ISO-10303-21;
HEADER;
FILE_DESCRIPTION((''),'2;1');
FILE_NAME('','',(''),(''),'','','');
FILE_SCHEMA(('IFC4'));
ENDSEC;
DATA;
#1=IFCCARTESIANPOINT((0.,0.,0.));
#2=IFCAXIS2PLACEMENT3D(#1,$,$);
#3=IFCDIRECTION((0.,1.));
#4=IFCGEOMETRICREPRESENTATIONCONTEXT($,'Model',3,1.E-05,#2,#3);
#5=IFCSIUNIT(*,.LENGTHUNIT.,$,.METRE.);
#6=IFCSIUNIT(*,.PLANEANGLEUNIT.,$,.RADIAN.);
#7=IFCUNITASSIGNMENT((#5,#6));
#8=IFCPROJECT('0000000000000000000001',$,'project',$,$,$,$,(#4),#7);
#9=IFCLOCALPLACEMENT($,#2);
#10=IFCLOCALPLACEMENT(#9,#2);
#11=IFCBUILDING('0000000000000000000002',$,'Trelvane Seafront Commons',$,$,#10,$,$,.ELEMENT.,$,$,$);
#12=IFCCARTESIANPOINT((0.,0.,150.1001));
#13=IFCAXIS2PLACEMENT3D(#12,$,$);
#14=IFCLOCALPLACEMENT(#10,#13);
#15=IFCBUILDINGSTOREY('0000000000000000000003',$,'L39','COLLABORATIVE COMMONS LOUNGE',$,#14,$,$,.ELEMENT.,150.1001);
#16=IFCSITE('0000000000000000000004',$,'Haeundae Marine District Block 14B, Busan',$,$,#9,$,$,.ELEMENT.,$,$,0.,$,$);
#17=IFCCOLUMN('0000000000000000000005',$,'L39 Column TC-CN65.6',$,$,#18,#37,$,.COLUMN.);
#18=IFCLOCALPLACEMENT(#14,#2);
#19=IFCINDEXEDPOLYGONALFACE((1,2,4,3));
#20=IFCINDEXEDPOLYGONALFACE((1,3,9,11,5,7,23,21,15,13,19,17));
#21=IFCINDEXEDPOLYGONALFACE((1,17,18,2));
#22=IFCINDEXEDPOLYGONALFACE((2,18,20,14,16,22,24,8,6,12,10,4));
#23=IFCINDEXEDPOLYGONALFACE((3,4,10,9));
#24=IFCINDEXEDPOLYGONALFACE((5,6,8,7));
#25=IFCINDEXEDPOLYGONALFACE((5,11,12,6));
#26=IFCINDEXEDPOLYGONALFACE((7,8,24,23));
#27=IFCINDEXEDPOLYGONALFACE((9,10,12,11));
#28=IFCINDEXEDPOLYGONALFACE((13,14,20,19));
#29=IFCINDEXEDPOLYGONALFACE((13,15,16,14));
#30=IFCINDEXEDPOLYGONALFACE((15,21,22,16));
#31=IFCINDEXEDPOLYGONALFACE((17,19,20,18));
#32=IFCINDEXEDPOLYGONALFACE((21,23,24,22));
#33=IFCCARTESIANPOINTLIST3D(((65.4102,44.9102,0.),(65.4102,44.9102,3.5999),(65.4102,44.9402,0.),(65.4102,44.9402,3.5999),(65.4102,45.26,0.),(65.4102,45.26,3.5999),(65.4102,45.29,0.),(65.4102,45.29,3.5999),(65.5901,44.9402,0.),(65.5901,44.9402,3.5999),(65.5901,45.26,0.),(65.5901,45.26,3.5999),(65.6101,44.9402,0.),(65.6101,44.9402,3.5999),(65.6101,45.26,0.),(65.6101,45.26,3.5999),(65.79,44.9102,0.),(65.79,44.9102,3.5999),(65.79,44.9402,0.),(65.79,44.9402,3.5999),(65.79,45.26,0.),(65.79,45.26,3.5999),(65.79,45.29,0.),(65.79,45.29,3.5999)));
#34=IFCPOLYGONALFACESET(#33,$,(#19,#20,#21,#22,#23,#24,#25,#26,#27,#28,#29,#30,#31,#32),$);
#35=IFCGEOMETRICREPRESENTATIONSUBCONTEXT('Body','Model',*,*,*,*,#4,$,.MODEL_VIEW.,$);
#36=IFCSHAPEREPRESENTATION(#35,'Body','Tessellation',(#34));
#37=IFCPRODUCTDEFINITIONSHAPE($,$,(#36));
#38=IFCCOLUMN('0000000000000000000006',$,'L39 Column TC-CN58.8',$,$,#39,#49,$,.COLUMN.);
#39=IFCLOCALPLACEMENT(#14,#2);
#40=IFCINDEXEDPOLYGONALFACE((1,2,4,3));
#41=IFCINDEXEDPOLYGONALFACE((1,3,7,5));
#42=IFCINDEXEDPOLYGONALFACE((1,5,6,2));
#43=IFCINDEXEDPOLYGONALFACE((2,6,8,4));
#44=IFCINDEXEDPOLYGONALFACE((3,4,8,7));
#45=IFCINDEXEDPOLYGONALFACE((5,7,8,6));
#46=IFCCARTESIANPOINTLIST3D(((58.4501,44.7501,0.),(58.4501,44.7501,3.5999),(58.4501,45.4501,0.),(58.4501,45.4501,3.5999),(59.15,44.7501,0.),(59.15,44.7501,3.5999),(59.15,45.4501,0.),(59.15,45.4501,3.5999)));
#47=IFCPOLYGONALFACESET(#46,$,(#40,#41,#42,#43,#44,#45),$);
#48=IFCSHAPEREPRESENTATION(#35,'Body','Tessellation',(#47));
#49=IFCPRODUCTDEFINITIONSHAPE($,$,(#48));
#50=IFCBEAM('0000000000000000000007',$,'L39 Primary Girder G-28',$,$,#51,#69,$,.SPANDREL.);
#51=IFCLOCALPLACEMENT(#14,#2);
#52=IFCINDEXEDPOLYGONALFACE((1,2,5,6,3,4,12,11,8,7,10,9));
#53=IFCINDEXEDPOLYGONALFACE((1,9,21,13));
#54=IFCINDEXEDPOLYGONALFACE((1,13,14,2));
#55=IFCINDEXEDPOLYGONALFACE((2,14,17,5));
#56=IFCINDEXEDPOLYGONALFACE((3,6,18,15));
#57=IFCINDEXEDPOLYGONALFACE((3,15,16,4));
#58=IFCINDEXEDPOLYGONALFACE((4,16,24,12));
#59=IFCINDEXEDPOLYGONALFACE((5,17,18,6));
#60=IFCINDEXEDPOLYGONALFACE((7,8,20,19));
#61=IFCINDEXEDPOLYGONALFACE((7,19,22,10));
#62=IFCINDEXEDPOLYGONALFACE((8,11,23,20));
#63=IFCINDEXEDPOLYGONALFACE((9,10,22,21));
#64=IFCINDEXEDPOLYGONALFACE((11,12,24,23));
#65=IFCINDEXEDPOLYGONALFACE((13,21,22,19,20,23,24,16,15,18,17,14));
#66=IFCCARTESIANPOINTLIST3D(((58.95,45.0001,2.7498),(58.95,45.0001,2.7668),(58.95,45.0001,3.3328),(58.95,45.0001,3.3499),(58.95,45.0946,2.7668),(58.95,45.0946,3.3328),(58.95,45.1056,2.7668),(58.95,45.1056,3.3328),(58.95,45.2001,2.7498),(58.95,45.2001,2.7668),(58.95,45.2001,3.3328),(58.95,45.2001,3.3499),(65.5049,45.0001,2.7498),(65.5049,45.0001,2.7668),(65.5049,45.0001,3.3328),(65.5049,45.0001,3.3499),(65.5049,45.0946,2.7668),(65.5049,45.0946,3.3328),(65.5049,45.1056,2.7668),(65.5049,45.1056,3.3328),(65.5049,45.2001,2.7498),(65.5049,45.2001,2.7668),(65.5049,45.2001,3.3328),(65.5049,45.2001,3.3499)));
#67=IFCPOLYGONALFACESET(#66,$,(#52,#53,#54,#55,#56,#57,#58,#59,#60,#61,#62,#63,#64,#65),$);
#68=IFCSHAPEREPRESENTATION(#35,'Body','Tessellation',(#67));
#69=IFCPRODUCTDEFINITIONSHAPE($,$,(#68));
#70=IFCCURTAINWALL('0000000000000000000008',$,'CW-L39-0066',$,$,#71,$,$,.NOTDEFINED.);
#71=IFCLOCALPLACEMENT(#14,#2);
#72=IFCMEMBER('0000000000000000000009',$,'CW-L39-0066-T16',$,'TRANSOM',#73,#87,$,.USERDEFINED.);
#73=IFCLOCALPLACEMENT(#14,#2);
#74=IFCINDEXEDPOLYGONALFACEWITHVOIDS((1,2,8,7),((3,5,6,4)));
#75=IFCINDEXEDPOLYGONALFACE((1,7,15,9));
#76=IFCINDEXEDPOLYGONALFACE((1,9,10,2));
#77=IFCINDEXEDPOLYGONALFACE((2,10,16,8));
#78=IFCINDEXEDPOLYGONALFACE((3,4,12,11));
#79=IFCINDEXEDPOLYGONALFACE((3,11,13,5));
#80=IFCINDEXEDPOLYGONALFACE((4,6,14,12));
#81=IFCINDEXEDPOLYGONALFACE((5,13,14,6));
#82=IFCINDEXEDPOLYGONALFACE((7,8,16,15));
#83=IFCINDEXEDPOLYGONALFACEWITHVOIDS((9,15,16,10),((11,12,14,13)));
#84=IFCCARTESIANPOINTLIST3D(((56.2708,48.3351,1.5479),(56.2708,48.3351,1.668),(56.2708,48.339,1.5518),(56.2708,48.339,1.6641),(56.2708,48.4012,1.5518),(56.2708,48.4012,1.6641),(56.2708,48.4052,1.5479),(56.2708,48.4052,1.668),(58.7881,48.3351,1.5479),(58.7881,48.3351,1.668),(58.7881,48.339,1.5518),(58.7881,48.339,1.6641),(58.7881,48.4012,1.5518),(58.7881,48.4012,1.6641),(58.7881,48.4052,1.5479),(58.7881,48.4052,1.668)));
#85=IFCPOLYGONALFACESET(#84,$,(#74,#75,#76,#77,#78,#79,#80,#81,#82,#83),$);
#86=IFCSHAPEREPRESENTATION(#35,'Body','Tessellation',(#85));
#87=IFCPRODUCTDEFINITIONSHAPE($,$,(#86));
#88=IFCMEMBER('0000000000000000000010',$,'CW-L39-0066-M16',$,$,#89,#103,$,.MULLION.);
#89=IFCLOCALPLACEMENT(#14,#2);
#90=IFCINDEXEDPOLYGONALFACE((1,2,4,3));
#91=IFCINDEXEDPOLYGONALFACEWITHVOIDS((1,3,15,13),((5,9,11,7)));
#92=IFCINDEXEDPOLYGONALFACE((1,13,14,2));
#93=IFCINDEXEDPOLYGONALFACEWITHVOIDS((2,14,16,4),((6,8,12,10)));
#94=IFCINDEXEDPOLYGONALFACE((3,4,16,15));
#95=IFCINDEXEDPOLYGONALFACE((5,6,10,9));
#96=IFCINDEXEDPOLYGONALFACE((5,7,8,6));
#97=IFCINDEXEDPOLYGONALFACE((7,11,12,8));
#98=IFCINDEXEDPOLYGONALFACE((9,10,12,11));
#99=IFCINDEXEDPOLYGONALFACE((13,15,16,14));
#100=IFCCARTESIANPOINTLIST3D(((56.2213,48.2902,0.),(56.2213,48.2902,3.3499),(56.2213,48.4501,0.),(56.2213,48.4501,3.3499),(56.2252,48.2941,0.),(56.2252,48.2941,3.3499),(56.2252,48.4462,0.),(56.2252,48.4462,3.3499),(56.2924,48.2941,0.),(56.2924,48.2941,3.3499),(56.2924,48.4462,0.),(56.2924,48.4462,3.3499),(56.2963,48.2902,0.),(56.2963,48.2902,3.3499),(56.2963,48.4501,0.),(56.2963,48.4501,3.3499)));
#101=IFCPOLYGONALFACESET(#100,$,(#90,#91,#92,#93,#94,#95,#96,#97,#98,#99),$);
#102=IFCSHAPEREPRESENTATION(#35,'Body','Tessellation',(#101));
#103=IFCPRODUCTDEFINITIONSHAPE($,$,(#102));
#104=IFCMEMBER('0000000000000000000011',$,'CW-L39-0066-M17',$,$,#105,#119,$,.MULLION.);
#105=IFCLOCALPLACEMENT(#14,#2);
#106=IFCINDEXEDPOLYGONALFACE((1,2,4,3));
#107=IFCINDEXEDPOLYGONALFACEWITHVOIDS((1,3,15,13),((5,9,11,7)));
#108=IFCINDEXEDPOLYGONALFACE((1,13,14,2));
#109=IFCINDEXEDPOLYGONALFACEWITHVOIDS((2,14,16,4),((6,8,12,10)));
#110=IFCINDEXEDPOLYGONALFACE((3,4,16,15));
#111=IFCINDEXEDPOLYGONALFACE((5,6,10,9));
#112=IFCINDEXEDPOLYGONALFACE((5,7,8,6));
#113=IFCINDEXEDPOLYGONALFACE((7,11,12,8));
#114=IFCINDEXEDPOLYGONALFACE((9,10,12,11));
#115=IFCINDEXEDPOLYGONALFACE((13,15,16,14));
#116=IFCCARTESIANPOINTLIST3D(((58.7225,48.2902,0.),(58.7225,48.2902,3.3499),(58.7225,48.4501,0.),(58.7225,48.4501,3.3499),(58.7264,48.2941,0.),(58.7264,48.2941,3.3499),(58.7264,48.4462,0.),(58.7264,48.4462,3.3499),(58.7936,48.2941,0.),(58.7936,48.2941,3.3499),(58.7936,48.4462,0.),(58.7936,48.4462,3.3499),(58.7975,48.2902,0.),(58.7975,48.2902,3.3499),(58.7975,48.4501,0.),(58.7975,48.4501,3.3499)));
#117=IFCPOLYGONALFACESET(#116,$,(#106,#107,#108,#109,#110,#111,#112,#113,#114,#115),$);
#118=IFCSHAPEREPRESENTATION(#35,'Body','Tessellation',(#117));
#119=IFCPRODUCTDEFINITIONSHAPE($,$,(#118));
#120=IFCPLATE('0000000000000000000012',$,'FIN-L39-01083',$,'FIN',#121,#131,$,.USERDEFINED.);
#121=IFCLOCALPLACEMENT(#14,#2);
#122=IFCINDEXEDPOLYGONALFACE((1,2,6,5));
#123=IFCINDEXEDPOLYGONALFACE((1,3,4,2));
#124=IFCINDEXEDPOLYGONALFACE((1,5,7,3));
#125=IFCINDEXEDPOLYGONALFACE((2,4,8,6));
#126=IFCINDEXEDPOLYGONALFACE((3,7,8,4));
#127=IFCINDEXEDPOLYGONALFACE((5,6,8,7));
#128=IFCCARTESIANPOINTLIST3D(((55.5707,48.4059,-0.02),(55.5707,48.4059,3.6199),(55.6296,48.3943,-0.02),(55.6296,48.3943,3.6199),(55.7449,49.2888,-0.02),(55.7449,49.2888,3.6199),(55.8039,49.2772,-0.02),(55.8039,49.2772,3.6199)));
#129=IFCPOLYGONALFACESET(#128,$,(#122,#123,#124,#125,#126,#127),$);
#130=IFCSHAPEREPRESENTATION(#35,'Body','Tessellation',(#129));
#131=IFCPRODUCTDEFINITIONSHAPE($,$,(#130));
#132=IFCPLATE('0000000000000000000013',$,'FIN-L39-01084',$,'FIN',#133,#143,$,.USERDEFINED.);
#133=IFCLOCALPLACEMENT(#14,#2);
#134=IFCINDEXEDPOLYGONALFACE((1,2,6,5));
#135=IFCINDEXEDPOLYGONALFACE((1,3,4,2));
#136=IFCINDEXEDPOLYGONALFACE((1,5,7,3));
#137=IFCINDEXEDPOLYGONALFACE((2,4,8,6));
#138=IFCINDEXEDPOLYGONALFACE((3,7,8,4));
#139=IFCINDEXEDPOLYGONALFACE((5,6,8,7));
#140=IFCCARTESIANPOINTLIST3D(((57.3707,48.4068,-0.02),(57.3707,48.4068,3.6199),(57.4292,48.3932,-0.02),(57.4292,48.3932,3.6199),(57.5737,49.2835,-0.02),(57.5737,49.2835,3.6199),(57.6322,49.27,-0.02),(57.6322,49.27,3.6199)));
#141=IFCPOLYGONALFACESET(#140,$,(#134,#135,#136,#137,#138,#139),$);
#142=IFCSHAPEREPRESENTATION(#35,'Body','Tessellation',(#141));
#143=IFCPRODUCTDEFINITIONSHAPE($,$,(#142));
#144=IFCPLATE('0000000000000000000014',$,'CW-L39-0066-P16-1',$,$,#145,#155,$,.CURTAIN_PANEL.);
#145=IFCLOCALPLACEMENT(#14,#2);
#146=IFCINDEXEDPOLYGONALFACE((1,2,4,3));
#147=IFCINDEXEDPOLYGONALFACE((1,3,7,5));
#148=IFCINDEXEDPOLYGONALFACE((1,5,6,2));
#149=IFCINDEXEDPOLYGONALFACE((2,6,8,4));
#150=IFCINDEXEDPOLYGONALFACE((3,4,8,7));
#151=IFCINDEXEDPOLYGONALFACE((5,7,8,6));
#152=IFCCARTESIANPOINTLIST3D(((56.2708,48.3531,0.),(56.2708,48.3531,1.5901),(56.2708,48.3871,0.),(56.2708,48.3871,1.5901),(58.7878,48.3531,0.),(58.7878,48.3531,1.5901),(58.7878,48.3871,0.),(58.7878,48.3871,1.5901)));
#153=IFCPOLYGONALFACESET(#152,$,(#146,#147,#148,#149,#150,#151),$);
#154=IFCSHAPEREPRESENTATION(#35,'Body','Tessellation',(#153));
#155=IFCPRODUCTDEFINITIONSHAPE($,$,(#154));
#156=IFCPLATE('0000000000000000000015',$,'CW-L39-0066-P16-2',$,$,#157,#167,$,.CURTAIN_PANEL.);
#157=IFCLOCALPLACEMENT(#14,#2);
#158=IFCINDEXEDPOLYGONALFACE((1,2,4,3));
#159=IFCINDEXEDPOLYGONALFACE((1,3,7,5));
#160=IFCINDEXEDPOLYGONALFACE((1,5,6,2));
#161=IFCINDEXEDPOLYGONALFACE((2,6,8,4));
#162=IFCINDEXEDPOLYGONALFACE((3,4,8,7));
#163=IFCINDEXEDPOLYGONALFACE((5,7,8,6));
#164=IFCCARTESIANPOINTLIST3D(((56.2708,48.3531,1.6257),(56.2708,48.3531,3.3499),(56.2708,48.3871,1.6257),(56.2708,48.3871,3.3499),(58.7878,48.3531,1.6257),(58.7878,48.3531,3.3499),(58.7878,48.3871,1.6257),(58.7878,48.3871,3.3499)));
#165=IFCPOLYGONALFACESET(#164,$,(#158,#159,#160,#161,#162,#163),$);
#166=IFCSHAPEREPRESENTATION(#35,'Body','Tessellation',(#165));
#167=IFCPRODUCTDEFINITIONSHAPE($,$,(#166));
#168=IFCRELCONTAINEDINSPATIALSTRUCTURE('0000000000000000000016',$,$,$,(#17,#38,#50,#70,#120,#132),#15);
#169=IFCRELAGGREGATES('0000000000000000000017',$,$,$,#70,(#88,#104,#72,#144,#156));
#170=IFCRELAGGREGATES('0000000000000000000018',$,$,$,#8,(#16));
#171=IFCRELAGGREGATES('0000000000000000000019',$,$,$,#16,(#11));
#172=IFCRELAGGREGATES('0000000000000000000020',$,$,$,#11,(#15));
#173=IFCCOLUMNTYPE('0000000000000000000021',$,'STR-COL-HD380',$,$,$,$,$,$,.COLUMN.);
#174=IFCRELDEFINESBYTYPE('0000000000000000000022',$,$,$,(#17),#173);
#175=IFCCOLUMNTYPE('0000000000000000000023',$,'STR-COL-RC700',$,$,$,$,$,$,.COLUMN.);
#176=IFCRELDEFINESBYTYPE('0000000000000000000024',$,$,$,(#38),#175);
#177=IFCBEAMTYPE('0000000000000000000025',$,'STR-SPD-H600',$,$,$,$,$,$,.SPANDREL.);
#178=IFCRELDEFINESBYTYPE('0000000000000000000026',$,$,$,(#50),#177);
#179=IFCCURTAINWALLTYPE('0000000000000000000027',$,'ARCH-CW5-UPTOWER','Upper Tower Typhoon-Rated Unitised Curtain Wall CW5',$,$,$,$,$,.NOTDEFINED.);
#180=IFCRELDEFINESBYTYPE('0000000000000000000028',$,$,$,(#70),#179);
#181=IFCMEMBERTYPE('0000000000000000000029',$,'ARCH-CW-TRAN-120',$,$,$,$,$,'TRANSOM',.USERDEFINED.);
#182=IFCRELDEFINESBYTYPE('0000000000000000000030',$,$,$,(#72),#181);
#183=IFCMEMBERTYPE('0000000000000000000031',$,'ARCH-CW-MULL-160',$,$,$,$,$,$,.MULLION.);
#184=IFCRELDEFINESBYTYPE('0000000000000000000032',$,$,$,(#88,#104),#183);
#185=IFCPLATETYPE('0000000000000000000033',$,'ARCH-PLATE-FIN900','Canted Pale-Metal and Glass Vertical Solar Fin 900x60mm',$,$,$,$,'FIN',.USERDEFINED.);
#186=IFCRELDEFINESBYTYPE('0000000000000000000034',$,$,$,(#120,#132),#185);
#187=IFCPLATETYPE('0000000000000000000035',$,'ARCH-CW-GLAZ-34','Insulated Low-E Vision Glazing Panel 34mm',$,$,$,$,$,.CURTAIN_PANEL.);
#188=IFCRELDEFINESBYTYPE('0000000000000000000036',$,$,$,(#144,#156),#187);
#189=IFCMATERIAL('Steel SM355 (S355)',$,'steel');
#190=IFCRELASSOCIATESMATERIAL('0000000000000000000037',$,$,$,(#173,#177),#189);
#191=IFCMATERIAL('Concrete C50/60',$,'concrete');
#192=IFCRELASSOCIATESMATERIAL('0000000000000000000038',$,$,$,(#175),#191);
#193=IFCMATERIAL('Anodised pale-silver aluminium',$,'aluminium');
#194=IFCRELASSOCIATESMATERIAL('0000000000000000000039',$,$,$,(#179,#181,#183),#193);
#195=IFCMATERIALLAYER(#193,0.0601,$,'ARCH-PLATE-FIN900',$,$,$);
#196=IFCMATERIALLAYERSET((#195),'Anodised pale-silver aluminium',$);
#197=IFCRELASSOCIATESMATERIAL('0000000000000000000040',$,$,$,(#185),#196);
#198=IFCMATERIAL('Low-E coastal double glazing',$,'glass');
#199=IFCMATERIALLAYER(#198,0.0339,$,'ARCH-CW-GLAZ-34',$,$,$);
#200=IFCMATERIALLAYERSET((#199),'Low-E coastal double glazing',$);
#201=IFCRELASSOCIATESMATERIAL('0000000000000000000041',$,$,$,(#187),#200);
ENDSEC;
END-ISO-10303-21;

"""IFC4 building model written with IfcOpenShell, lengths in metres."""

from ifc_helpers import new_model, si_unit, direction, frame, origin, origin_2d, place, context, subcontext, project, spatial, rectangle, hollow_rectangle, i_section, extrude, source, transform, mapped, material, layer, layer_set, material_profile, profile_set, type_object, element, aggregate, save


model = new_model("IFC4")

# Units and contexts
model_context = context("Model", 3, precision=1e-05, world=origin(), true_north=direction((0.0, 1.0)))
body_context = subcontext(model_context, "Body", "Model", "MODEL_VIEW")
ifc_project = project(units=[si_unit("LENGTHUNIT", "METRE"), si_unit("PLANEANGLEUNIT", "RADIAN")], contexts=[model_context])

# Site, building, storey
site_placement = place(None, origin())
site = spatial("IfcSite", under=ifc_project, at=site_placement, Name="Haeundae Marine District Block 14B, Busan", CompositionType="ELEMENT", RefElevation=0.0)
building_placement = place(site_placement, origin())
building = spatial("IfcBuilding", under=site, at=building_placement, Name="Trelvane Seafront Commons", CompositionType="ELEMENT")
storey_placement = place(building_placement, frame((0.0, 0.0, 150.1001)))
storey = spatial("IfcBuildingStorey", under=building, at=storey_placement, Name="L39", Description="COLLABORATIVE COMMONS LOUNGE", CompositionType="ELEMENT", Elevation=150.1001)

# Columns
ifc_material_1 = material(Name="Steel SM355 (S355)", Category="steel")
ifc_material_profile_1 = material_profile(ifc_material_1, i_section(OverallWidth=0.3799, OverallDepth=0.3799, WebThickness=0.02, FlangeThickness=0.03, at=origin_2d()), Name="HD-380x380x20x30")
ifc_profile_set_1 = profile_set([ifc_material_profile_1], Name="Steel SM355 (S355)")
column_type_1 = type_object("IfcColumnType", Name="STR-COL-HD380", PredefinedType="COLUMN", material=ifc_profile_set_1)
shared_shape_1 = source(origin(), body_context, "Body", "SweptSolid", [
    extrude(i_section(OverallWidth=0.3799, OverallDepth=0.3799, WebThickness=0.02, FlangeThickness=0.03, at=origin_2d()), origin(), (0.0, 0.0, 1.0), 3.5999),
])
column_1_placement = place(storey_placement, frame((65.6001, 45.1001, 0.0), z_axis=(0.0, 0.0, 1.0), x_axis=(1.0, 0.0, 0.0)))
element("IfcColumn", 1, at=column_1_placement, inside=storey, type_object=column_type_1, Name="L39 Column TC-CN65.6", PredefinedType="COLUMN", context=body_context, shape_type="MappedRepresentation", body=[
    mapped(shared_shape_1, transform((0.0, 0.0, 0.0), x_axis=(1.0, 0.0, 0.0), y_axis=(0.0, 1.0, 0.0), z_axis=(0.0, 0.0, 1.0), scale=1.0)),
])
ifc_material_2 = material(Name="Concrete C50/60", Category="concrete")
ifc_material_profile_2 = material_profile(ifc_material_2, rectangle(XDim=0.7, YDim=0.7, at=origin_2d()), Name="RC-700x700")
ifc_profile_set_2 = profile_set([ifc_material_profile_2], Name="Concrete C50/60")
column_type_2 = type_object("IfcColumnType", Name="STR-COL-RC700", PredefinedType="COLUMN", material=ifc_profile_set_2)
shared_shape_2 = source(origin(), body_context, "Body", "SweptSolid", [
    extrude(rectangle(XDim=0.7, YDim=0.7, at=origin_2d()), origin(), (0.0, 0.0, 1.0), 3.5999),
])
column_2_placement = place(storey_placement, frame((58.8, 45.1001, 0.0), z_axis=(0.0, 0.0, 1.0), x_axis=(1.0, 0.0, 0.0)))
element("IfcColumn", 2, at=column_2_placement, inside=storey, type_object=column_type_2, Name="L39 Column TC-CN58.8", PredefinedType="COLUMN", context=body_context, shape_type="MappedRepresentation", body=[
    mapped(shared_shape_2, transform((0.0, 0.0, 0.0), x_axis=(1.0, 0.0, 0.0), y_axis=(0.0, 1.0, 0.0), z_axis=(0.0, 0.0, 1.0), scale=1.0)),
])

# Beam
ifc_material_profile_3 = material_profile(ifc_material_1, i_section(OverallWidth=0.2, OverallDepth=0.6001, WebThickness=0.011, FlangeThickness=0.0171, at=origin_2d()), Name="H-600x200x11x17")
ifc_profile_set_3 = profile_set([ifc_material_profile_3], Name="Steel SM355 (S355)")
beam_type = type_object("IfcBeamType", Name="STR-SPD-H600", PredefinedType="SPANDREL", material=ifc_profile_set_3)
shared_shape_3 = source(origin(), body_context, "Body", "SweptSolid", [
    extrude(i_section(OverallWidth=0.2, OverallDepth=0.6001, WebThickness=0.011, FlangeThickness=0.0171, at=origin_2d()), origin(), (0.0, 0.0, 1.0), 6.5549),
])
beam_placement = place(storey_placement, frame((58.95, 45.1001, 3.0498), z_axis=(1.0, 0.0, 0.0), x_axis=(0.0, 1.0, 0.0)))
element("IfcBeam", 3, at=beam_placement, inside=storey, type_object=beam_type, Name="L39 Primary Girder G-28", PredefinedType="SPANDREL", context=body_context, shape_type="MappedRepresentation", body=[
    mapped(shared_shape_3, transform((0.0, 0.0, 0.0), x_axis=(1.0, 0.0, 0.0), y_axis=(0.0, 1.0, 0.0), z_axis=(0.0, 0.0, 1.0), scale=1.0)),
])

# Curtain wall, members
ifc_material_3 = material(Name="Anodised pale-silver aluminium", Category="aluminium")
curtain_wall_type = type_object("IfcCurtainWallType", Name="ARCH-CW5-UPTOWER", Description="Upper Tower Typhoon-Rated Unitised Curtain Wall CW5", PredefinedType="NOTDEFINED", material=ifc_material_3)
curtain_wall_placement = place(storey_placement, origin())
curtain_wall = element("IfcCurtainWall", 4, at=curtain_wall_placement, inside=storey, type_object=curtain_wall_type, Name="CW-L39-0066", PredefinedType="NOTDEFINED")
ifc_material_profile_4 = material_profile(ifc_material_3, hollow_rectangle(XDim=0.0701, YDim=0.1201, WallThickness=0.0039, at=origin_2d()), Name="TRAN-70x120x4")
ifc_profile_set_4 = profile_set([ifc_material_profile_4], Name="Anodised pale-silver aluminium")
member_type_1 = type_object("IfcMemberType", Name="ARCH-CW-TRAN-120", ElementType="TRANSOM", PredefinedType="USERDEFINED", material=ifc_profile_set_4)
shared_shape_4 = source(origin(), body_context, "Body", "SweptSolid", [
    extrude(hollow_rectangle(XDim=0.0701, YDim=0.1201, WallThickness=0.0039, at=origin_2d()), origin(), (0.0, 0.0, 1.0), 2.5173),
])
member_1_placement = place(storey_placement, frame((56.2708, 48.3701, 1.6079), z_axis=(1.0, 0.0, 0.0), x_axis=(0.0, 1.0, 0.0)))
member_1 = element("IfcMember", 5, at=member_1_placement, type_object=member_type_1, Name="CW-L39-0066-T16", ObjectType="TRANSOM", PredefinedType="USERDEFINED", context=body_context, shape_type="MappedRepresentation", body=[
    mapped(shared_shape_4, transform((0.0, 0.0, 0.0), x_axis=(1.0, 0.0, 0.0), y_axis=(0.0, 1.0, 0.0), z_axis=(0.0, 0.0, 1.0), scale=1.0)),
])
ifc_material_profile_5 = material_profile(ifc_material_3, hollow_rectangle(XDim=0.075, YDim=0.1599, WallThickness=0.0039, at=origin_2d()), Name="MULL-75x160x4")
ifc_profile_set_5 = profile_set([ifc_material_profile_5], Name="Anodised pale-silver aluminium")
member_type_2 = type_object("IfcMemberType", Name="ARCH-CW-MULL-160", PredefinedType="MULLION", material=ifc_profile_set_5)
shared_shape_5 = source(origin(), body_context, "Body", "SweptSolid", [
    extrude(hollow_rectangle(XDim=0.075, YDim=0.1599, WallThickness=0.0039, at=origin_2d()), origin(), (0.0, 0.0, 1.0), 3.3499),
])
member_2_placement = place(storey_placement, frame((56.2588, 48.3701, 0.0), z_axis=(0.0, 0.0, 1.0), x_axis=(1.0, 0.0, 0.0)))
member_2 = element("IfcMember", 6, at=member_2_placement, type_object=member_type_2, Name="CW-L39-0066-M16", PredefinedType="MULLION", context=body_context, shape_type="MappedRepresentation", body=[
    mapped(shared_shape_5, transform((0.0, 0.0, 0.0), x_axis=(1.0, 0.0, 0.0), y_axis=(0.0, 1.0, 0.0), z_axis=(0.0, 0.0, 1.0), scale=1.0)),
])
member_3_placement = place(storey_placement, frame((58.76, 48.3701, 0.0), z_axis=(0.0, 0.0, 1.0), x_axis=(1.0, 0.0, 0.0)))
member_3 = element("IfcMember", 7, at=member_3_placement, type_object=member_type_2, Name="CW-L39-0066-M17", PredefinedType="MULLION", context=body_context, shape_type="MappedRepresentation", body=[
    mapped(shared_shape_5, transform((0.0, 0.0, 0.0), x_axis=(1.0, 0.0, 0.0), y_axis=(0.0, 1.0, 0.0), z_axis=(0.0, 0.0, 1.0), scale=1.0)),
])

# Plates
ifc_layer_1 = layer(ifc_material_3, 0.0601, Name="ARCH-PLATE-FIN900")
ifc_layer_set_1 = layer_set([ifc_layer_1], Name="Anodised pale-silver aluminium")
plate_type_1 = type_object("IfcPlateType", Name="ARCH-PLATE-FIN900", Description="Canted Pale-Metal and Glass Vertical Solar Fin 900x60mm", ElementType="FIN", PredefinedType="USERDEFINED", material=ifc_layer_set_1)
shared_shape_6 = source(origin(), body_context, "Body", "SweptSolid", [
    extrude(rectangle(XDim=0.8999, YDim=0.0601, at=origin_2d()), origin(), (0.0, 0.0, 1.0), 3.6399),
])
for number, where, z_axis, x_axis, name in (
    (8, (55.6873, 48.8416, -0.02), (0.0, 0.0, 1.0), (0.193659, 0.981069, 0.0), "FIN-L39-01083"),
    (9, (57.5015, 48.8384, -0.02), (0.0, 0.0, 1.0), (0.225558, 0.97423, 0.0), "FIN-L39-01084"),
):
    element("IfcPlate", number, at=place(storey_placement, frame(where, z_axis=z_axis, x_axis=x_axis)), inside=storey, type_object=plate_type_1, Name=name, ObjectType="FIN", PredefinedType="USERDEFINED", context=body_context, shape_type="MappedRepresentation", body=[
        mapped(shared_shape_6, transform((0.0, 0.0, 0.0), x_axis=(1.0, 0.0, 0.0), y_axis=(0.0, 1.0, 0.0), z_axis=(0.0, 0.0, 1.0), scale=1.0)),
    ])

# Plates
ifc_material_4 = material(Name="Low-E coastal double glazing", Category="glass")
ifc_layer_2 = layer(ifc_material_4, 0.0339, Name="ARCH-CW-GLAZ-34")
ifc_layer_set_2 = layer_set([ifc_layer_2], Name="Low-E coastal double glazing")
plate_type_2 = type_object("IfcPlateType", Name="ARCH-CW-GLAZ-34", Description="Insulated Low-E Vision Glazing Panel 34mm", PredefinedType="CURTAIN_PANEL", material=ifc_layer_set_2)
shared_shape_7 = source(origin(), body_context, "Body", "SweptSolid", [
    extrude(rectangle(XDim=2.5171, YDim=0.0339, at=origin_2d()), origin(), (0.0, 0.0, 1.0), 1.5901),
])
plate_1_placement = place(storey_placement, frame((57.5293, 48.3701, 0.0), z_axis=(0.0, 0.0, 1.0), x_axis=(1.0, 0.0, 0.0)))
plate_1 = element("IfcPlate", 10, at=plate_1_placement, type_object=plate_type_2, Name="CW-L39-0066-P16-1", PredefinedType="CURTAIN_PANEL", context=body_context, shape_type="MappedRepresentation", body=[
    mapped(shared_shape_7, transform((0.0, 0.0, 0.0), x_axis=(1.0, 0.0, 0.0), y_axis=(0.0, 1.0, 0.0), z_axis=(0.0, 0.0, 1.0), scale=1.0)),
])
shared_shape_8 = source(origin(), body_context, "Body", "SweptSolid", [
    extrude(rectangle(XDim=2.5171, YDim=0.0339, at=origin_2d()), origin(), (0.0, 0.0, 1.0), 1.7241),
])
plate_2_placement = place(storey_placement, frame((57.5293, 48.3701, 1.6257), z_axis=(0.0, 0.0, 1.0), x_axis=(1.0, 0.0, 0.0)))
plate_2 = element("IfcPlate", 11, at=plate_2_placement, type_object=plate_type_2, Name="CW-L39-0066-P16-2", PredefinedType="CURTAIN_PANEL", context=body_context, shape_type="MappedRepresentation", body=[
    mapped(shared_shape_8, transform((0.0, 0.0, 0.0), x_axis=(1.0, 0.0, 0.0), y_axis=(0.0, 1.0, 0.0), z_axis=(0.0, 0.0, 1.0), scale=1.0)),
])
aggregate(curtain_wall, [member_2, member_3, member_1, plate_1, plate_2])

save(model, "model.ifc")
